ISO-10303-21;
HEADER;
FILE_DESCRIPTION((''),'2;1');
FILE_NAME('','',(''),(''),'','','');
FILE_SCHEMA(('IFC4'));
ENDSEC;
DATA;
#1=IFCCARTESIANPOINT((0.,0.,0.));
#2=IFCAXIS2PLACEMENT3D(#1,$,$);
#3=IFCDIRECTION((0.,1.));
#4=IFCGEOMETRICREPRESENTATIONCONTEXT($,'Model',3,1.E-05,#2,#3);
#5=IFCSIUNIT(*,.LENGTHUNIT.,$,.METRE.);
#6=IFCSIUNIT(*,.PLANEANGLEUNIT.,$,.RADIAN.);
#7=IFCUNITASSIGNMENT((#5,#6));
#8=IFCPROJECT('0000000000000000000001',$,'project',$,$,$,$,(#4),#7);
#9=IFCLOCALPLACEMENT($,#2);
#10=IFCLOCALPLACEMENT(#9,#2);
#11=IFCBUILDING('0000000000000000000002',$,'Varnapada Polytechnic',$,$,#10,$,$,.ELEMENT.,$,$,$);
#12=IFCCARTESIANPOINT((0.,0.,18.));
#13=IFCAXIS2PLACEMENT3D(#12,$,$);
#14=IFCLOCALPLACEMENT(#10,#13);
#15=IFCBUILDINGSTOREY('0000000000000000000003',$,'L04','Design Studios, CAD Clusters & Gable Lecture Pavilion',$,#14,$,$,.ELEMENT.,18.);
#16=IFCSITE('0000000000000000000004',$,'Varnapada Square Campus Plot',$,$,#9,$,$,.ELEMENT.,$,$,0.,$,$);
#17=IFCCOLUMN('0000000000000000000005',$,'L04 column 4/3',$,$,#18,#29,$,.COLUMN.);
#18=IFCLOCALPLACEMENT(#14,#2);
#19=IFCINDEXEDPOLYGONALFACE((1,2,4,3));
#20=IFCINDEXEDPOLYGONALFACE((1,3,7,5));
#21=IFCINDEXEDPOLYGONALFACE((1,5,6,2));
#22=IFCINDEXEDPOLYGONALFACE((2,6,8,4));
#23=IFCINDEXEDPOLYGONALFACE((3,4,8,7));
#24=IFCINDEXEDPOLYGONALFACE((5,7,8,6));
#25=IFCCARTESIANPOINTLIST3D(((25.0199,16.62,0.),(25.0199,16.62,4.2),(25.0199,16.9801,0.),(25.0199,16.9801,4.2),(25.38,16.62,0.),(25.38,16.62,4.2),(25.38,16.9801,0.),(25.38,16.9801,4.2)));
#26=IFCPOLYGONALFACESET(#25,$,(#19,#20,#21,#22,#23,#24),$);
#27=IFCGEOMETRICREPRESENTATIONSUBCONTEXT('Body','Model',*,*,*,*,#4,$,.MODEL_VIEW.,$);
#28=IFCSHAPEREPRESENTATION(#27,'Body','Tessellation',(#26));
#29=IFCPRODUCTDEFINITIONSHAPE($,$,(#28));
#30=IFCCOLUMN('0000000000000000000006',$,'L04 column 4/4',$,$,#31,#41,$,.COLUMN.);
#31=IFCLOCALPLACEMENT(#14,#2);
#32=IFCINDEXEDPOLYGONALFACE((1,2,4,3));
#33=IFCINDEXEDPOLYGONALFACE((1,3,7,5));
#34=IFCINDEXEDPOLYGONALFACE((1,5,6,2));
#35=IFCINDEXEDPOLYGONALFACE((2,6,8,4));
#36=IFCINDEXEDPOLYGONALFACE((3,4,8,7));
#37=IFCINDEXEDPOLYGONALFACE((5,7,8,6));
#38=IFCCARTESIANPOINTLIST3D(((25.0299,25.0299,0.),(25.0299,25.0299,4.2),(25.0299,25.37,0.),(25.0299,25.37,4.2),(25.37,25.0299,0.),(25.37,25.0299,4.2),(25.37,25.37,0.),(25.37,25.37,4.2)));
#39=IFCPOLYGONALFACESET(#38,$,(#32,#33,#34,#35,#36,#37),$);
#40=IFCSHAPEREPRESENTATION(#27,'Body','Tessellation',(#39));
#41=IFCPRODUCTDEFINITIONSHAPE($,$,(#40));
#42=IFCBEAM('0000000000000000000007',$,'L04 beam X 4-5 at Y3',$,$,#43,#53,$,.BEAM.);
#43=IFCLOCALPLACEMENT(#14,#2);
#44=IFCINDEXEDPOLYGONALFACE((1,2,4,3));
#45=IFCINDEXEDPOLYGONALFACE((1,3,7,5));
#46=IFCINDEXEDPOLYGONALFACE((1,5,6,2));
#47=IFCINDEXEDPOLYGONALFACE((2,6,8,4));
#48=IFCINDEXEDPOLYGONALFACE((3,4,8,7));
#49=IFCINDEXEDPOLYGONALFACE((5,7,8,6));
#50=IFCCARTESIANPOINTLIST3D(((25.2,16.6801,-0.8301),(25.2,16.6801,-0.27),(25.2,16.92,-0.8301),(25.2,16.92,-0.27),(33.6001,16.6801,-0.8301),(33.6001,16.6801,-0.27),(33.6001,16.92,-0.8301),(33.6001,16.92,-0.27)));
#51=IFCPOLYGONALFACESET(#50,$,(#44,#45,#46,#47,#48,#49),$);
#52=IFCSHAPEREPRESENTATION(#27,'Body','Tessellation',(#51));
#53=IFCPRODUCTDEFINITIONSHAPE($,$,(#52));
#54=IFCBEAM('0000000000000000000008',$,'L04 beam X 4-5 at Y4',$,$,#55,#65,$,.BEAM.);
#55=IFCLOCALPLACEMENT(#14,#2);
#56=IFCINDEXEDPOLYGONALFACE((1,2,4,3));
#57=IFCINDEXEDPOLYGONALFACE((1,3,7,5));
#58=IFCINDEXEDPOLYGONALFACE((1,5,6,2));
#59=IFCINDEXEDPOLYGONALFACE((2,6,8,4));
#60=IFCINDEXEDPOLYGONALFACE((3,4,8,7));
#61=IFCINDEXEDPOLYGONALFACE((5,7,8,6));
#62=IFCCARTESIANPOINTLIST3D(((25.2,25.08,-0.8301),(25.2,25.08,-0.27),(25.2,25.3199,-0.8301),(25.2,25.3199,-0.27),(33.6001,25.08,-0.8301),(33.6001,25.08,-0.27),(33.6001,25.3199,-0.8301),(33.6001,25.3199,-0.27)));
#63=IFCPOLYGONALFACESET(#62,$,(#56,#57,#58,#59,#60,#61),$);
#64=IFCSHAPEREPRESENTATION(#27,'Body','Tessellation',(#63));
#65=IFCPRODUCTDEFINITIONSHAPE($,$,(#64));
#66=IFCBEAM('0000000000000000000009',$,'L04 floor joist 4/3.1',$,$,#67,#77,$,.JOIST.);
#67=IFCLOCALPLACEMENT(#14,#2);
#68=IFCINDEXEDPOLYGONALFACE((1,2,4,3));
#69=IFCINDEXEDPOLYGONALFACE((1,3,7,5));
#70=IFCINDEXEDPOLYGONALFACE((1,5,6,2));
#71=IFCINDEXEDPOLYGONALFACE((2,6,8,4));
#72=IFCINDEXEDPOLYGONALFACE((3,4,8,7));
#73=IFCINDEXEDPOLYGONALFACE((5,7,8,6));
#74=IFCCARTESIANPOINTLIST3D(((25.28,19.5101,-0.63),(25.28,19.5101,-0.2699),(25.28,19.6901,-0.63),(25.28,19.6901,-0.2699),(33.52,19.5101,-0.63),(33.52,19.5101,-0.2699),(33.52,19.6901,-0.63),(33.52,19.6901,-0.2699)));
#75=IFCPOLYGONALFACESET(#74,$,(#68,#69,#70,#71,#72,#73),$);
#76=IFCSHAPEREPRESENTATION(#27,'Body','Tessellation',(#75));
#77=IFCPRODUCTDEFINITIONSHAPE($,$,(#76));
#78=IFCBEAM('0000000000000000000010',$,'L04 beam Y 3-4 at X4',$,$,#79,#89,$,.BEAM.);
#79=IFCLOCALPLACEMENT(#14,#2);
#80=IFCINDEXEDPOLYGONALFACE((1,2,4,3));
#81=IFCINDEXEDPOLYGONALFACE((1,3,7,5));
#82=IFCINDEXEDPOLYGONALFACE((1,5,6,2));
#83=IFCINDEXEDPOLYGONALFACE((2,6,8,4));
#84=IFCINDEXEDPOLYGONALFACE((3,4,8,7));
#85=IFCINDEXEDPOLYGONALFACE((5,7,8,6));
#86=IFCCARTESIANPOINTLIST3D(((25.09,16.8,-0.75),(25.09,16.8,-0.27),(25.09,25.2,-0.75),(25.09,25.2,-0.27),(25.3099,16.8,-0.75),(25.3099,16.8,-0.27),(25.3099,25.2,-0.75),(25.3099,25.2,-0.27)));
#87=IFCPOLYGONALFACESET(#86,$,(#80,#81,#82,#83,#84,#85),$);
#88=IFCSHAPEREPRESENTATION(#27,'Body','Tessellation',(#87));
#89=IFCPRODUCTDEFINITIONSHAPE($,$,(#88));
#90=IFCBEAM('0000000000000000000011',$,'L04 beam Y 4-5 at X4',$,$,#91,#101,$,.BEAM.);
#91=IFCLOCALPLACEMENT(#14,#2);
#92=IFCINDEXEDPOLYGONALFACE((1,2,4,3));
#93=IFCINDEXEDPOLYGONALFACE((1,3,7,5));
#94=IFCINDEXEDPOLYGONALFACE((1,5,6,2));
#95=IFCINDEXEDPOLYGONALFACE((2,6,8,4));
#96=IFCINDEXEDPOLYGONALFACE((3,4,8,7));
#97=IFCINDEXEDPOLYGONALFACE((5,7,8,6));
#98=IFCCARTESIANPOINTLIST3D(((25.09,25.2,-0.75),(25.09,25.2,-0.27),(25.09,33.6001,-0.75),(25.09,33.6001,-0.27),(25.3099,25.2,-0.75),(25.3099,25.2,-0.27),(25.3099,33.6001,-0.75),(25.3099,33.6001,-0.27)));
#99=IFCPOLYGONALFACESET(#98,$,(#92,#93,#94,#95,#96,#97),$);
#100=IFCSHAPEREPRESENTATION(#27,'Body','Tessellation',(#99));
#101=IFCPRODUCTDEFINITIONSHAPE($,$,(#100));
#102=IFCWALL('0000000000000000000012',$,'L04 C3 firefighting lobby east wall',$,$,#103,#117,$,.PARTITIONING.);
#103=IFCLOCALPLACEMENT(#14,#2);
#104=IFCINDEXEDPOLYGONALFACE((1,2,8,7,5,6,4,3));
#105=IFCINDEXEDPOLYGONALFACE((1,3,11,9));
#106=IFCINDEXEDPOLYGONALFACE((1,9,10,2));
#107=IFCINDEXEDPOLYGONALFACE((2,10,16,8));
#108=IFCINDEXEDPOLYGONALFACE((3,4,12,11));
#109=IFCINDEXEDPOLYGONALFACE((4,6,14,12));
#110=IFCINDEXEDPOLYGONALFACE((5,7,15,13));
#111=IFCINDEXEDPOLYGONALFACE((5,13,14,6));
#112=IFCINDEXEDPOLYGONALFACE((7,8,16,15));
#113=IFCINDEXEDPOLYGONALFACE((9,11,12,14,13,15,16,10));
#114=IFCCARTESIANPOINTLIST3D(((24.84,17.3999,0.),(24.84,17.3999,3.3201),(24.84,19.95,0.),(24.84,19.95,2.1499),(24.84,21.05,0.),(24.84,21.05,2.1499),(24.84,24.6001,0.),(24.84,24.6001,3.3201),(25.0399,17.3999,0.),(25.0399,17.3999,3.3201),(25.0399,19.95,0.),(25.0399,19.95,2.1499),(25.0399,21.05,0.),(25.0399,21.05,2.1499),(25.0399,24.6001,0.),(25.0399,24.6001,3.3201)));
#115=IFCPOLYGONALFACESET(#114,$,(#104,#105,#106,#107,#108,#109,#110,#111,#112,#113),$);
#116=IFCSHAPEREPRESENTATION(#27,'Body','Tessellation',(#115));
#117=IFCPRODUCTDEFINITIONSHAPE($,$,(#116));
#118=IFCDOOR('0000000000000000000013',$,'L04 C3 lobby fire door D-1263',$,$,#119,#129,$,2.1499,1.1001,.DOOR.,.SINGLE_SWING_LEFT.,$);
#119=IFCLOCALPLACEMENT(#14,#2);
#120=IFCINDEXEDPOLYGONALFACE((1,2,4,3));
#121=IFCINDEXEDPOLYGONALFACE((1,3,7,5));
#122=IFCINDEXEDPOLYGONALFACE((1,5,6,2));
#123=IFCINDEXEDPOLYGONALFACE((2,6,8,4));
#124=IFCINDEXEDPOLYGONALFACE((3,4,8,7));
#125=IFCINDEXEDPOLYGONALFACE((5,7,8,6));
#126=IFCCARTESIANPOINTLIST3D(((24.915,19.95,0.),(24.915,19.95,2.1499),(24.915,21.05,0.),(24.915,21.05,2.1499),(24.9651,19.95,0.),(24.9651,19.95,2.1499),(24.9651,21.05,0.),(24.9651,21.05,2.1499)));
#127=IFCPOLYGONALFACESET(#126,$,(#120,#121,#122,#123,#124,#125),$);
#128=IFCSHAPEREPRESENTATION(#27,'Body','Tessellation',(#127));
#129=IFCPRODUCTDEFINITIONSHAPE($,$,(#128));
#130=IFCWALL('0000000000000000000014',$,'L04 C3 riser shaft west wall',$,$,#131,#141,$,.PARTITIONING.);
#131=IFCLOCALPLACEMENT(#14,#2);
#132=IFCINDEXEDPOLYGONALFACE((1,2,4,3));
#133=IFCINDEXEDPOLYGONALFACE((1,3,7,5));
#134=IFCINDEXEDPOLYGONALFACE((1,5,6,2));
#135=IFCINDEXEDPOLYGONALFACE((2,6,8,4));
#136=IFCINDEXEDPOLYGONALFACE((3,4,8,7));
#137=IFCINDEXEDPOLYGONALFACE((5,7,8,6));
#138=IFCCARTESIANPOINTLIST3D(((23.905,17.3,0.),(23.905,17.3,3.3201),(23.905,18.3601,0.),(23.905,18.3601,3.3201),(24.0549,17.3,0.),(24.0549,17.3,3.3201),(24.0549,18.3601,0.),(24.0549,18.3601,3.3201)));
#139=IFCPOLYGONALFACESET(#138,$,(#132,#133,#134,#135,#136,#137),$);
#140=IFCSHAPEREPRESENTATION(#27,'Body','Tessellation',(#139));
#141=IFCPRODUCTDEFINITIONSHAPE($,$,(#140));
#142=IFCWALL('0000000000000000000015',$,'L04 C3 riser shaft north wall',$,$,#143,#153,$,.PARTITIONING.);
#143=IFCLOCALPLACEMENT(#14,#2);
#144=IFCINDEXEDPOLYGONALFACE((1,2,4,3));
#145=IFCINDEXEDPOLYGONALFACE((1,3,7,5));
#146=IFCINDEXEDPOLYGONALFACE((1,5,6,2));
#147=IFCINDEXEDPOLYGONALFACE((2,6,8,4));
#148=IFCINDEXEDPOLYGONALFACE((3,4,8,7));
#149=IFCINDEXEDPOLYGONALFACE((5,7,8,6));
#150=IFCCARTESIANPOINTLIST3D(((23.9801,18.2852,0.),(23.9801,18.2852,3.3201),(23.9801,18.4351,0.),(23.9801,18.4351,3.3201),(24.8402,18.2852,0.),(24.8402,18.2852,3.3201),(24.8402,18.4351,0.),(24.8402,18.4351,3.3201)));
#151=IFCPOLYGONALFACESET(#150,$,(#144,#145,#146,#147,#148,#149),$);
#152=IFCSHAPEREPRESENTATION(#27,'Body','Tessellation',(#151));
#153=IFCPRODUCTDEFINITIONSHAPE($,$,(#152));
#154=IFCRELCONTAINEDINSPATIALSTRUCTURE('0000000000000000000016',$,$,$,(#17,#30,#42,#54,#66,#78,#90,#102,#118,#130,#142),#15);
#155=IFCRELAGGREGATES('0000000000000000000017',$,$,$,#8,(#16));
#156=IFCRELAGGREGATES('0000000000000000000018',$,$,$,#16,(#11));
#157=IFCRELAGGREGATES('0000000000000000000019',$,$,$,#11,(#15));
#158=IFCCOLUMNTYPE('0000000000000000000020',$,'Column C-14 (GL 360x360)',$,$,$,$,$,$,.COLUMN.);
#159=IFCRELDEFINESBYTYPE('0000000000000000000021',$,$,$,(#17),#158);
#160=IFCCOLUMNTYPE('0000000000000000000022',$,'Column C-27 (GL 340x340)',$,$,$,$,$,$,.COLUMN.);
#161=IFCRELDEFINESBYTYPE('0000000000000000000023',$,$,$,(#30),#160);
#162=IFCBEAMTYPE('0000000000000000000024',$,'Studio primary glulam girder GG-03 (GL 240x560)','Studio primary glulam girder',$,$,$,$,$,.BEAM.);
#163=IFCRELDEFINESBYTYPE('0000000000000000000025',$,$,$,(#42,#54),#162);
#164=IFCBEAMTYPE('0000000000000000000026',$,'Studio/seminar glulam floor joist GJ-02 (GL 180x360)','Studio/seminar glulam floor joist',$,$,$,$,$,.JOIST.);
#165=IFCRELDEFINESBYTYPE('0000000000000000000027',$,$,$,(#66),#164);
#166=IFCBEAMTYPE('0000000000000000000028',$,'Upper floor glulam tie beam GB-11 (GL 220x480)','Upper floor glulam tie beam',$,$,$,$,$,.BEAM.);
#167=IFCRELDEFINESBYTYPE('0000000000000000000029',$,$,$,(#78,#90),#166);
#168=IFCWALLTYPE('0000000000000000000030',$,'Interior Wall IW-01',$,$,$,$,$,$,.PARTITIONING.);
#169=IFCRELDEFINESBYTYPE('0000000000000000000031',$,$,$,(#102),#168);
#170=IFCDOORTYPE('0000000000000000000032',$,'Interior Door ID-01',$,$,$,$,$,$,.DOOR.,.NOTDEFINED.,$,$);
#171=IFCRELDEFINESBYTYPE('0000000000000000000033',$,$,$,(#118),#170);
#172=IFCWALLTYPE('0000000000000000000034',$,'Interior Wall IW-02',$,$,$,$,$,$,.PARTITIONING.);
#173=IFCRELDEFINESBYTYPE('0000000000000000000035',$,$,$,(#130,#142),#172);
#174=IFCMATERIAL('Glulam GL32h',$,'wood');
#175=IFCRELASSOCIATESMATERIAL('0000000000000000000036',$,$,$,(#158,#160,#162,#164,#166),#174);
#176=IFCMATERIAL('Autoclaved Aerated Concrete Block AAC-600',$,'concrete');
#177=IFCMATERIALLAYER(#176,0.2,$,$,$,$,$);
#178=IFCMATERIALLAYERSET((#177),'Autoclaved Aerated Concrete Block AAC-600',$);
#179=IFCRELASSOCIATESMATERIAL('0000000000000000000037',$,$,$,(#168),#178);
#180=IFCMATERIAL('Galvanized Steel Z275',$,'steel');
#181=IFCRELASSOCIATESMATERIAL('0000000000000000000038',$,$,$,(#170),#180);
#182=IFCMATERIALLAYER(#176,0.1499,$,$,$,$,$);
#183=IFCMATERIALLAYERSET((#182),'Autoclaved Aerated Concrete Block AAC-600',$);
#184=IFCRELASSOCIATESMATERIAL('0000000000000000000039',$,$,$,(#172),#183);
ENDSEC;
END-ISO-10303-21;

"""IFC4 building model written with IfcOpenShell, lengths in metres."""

from ifc_helpers import new_model, si_unit, direction, frame, frame_2d, origin, origin_2d, place, context, subcontext, project, spatial, rectangle, extrude, material, layer, layer_set, material_profile, profile_set, type_object, element, fill, save


model = new_model("IFC4")

# Units and contexts
model_context = context("Model", 3, precision=1e-05, world=origin(), true_north=direction((0.0, 1.0)))
body_context = subcontext(model_context, "Body", "Model", "MODEL_VIEW")
ifc_project = project(units=[si_unit("LENGTHUNIT", "METRE"), si_unit("PLANEANGLEUNIT", "RADIAN")], contexts=[model_context])

# Site, building, storey
site_placement = place(None, origin())
site = spatial("IfcSite", under=ifc_project, at=site_placement, Name="Varnapada Square Campus Plot", CompositionType="ELEMENT", RefElevation=0.0)
building_placement = place(site_placement, origin())
building = spatial("IfcBuilding", under=site, at=building_placement, Name="Varnapada Polytechnic", CompositionType="ELEMENT")
storey_placement = place(building_placement, frame((0.0, 0.0, 18.0)))
storey = spatial("IfcBuildingStorey", under=building, at=storey_placement, Name="L04", Description="Design Studios, CAD Clusters & Gable Lecture Pavilion", CompositionType="ELEMENT", Elevation=18.0)

# Columns
ifc_material_1 = material(Name="Glulam GL32h", Category="wood")
ifc_material_profile_1 = material_profile(ifc_material_1, rectangle(XDim=0.3601, YDim=0.3601, at=origin_2d()), Name="GL 360x360")
ifc_profile_set_1 = profile_set([ifc_material_profile_1], Name="Glulam GL32h")
column_type_1 = type_object("IfcColumnType", Name="Column C-14 (GL 360x360)", PredefinedType="COLUMN", material=ifc_profile_set_1)
column_1_placement = place(storey_placement, frame((25.2, 16.8, 0.0), z_axis=(0.0, 0.0, 1.0), x_axis=(1.0, 0.0, 0.0)))
element("IfcColumn", 1, at=column_1_placement, inside=storey, type_object=column_type_1, Name="L04 column 4/3", PredefinedType="COLUMN", context=body_context, shape_type="SweptSolid", body=[
    extrude(rectangle(XDim=0.3601, YDim=0.3601, at=origin_2d()), origin(), (0.0, 0.0, 1.0), 4.2),
])
ifc_material_profile_2 = material_profile(ifc_material_1, rectangle(XDim=0.3401, YDim=0.3401, at=origin_2d()), Name="GL 340x340")
ifc_profile_set_2 = profile_set([ifc_material_profile_2], Name="Glulam GL32h")
column_type_2 = type_object("IfcColumnType", Name="Column C-27 (GL 340x340)", PredefinedType="COLUMN", material=ifc_profile_set_2)
column_2_placement = place(storey_placement, frame((25.2, 25.2, 0.0), z_axis=(0.0, 0.0, 1.0), x_axis=(1.0, 0.0, 0.0)))
element("IfcColumn", 2, at=column_2_placement, inside=storey, type_object=column_type_2, Name="L04 column 4/4", PredefinedType="COLUMN", context=body_context, shape_type="SweptSolid", body=[
    extrude(rectangle(XDim=0.3401, YDim=0.3401, at=origin_2d()), origin(), (0.0, 0.0, 1.0), 4.2),
])

# Beams
ifc_material_profile_3 = material_profile(ifc_material_1, rectangle(XDim=0.24, YDim=0.5601, at=origin_2d()), Name="GL 240x560")
ifc_profile_set_3 = profile_set([ifc_material_profile_3], Name="Glulam GL32h")
beam_type_1 = type_object("IfcBeamType", Name="Studio primary glulam girder GG-03 (GL 240x560)", Description="Studio primary glulam girder", PredefinedType="BEAM", material=ifc_profile_set_3)
for number, where, z_axis, x_axis, name in (
    (3, (25.2, 16.8, -0.55), (1.0, 0.0, 0.0), (0.0, 1.0, 0.0), "L04 beam X 4-5 at Y3"),
    (4, (25.2, 25.2, -0.55), (1.0, 0.0, 0.0), (0.0, 1.0, 0.0), "L04 beam X 4-5 at Y4"),
):
    element("IfcBeam", number, at=place(storey_placement, frame(where, z_axis=z_axis, x_axis=x_axis)), inside=storey, type_object=beam_type_1, Name=name, PredefinedType="BEAM", context=body_context, shape_type="SweptSolid", body=[
        extrude(rectangle(XDim=0.24, YDim=0.5601, at=origin_2d()), origin(), (0.0, 0.0, 1.0), 8.4001),
    ])
ifc_material_profile_4 = material_profile(ifc_material_1, rectangle(XDim=0.1799, YDim=0.3601, at=origin_2d()), Name="GL 180x360")
ifc_profile_set_4 = profile_set([ifc_material_profile_4], Name="Glulam GL32h")
beam_type_2 = type_object("IfcBeamType", Name="Studio/seminar glulam floor joist GJ-02 (GL 180x360)", Description="Studio/seminar glulam floor joist", PredefinedType="JOIST", material=ifc_profile_set_4)
beam_1_placement = place(storey_placement, frame((25.28, 19.6001, -0.45), z_axis=(1.0, 0.0, 0.0), x_axis=(0.0, 1.0, 0.0)))
element("IfcBeam", 5, at=beam_1_placement, inside=storey, type_object=beam_type_2, Name="L04 floor joist 4/3.1", PredefinedType="JOIST", context=body_context, shape_type="SweptSolid", body=[
    extrude(rectangle(XDim=0.1799, YDim=0.3601, at=origin_2d()), origin(), (0.0, 0.0, 1.0), 8.24),
])
ifc_material_profile_5 = material_profile(ifc_material_1, rectangle(XDim=0.22, YDim=0.48, at=origin_2d()), Name="GL 220x480")
ifc_profile_set_5 = profile_set([ifc_material_profile_5], Name="Glulam GL32h")
beam_type_3 = type_object("IfcBeamType", Name="Upper floor glulam tie beam GB-11 (GL 220x480)", Description="Upper floor glulam tie beam", PredefinedType="BEAM", material=ifc_profile_set_5)
beam_2_placement = place(storey_placement, frame((25.2, 16.8, -0.51), z_axis=(0.0, 1.0, 0.0), x_axis=(-1.0, 0.0, 0.0)))
element("IfcBeam", 6, at=beam_2_placement, inside=storey, type_object=beam_type_3, Name="L04 beam Y 3-4 at X4", PredefinedType="BEAM", context=body_context, shape_type="SweptSolid", body=[
    extrude(rectangle(XDim=0.22, YDim=0.48, at=origin_2d()), origin(), (0.0, 0.0, 1.0), 8.3999),
])
beam_3_placement = place(storey_placement, frame((25.2, 25.2, -0.51), z_axis=(0.0, 1.0, 0.0), x_axis=(-1.0, 0.0, 0.0)))
element("IfcBeam", 7, at=beam_3_placement, inside=storey, type_object=beam_type_3, Name="L04 beam Y 4-5 at X4", PredefinedType="BEAM", context=body_context, shape_type="SweptSolid", body=[
    extrude(rectangle(XDim=0.22, YDim=0.48, at=origin_2d()), origin(), (0.0, 0.0, 1.0), 8.4001),
])

# Wall, opening, door
ifc_material_2 = material(Name="Autoclaved Aerated Concrete Block AAC-600", Category="concrete")
ifc_layer_1 = layer(ifc_material_2, 0.2)
ifc_layer_set_1 = layer_set([ifc_layer_1], Name="Autoclaved Aerated Concrete Block AAC-600")
wall_type_1 = type_object("IfcWallType", Name="Interior Wall IW-01", PredefinedType="PARTITIONING", material=ifc_layer_set_1)
wall_1_placement = place(storey_placement, frame((24.9399, 24.6001, 0.0), z_axis=(0.0, 0.0, 1.0), x_axis=(0.0, -1.0, 0.0)))
wall_1 = element("IfcWall", 8, at=wall_1_placement, inside=storey, type_object=wall_type_1, Name="L04 C3 firefighting lobby east wall", PredefinedType="PARTITIONING", context=body_context, shape_type="SweptSolid", body=[
    extrude(rectangle(XDim=7.2002, YDim=0.2, at=frame_2d((3.6001, 0.0))), origin(), (0.0, 0.0, 1.0), 3.3201),
])
opening_1_placement = place(wall_1_placement, frame((3.55, 0.0, 0.0)))
opening_1 = element("IfcOpeningElement", 9, at=opening_1_placement, cuts=wall_1, PredefinedType="OPENING", context=body_context, shape_type="SweptSolid", body=[
    extrude(rectangle(XDim=1.1001, YDim=2.1499, at=frame_2d((0.55, 1.075))), frame((0.0, 0.1099, 0.0), z_axis=(0.0, -1.0, 0.0), x_axis=(1.0, 0.0, 0.0)), (0.0, 0.0, 1.0), 0.22),
])
ifc_material_3 = material(Name="Galvanized Steel Z275", Category="steel")
door_type_1 = type_object("IfcDoorType", Name="Interior Door ID-01", OperationType="NOTDEFINED", PredefinedType="DOOR", material=ifc_material_3)
door_1_placement = place(opening_1_placement, frame((1.1001, 0.0, 0.0), z_axis=(0.0, 0.0, 1.0), x_axis=(-1.0, 0.0, 0.0)))
door_1 = element("IfcDoor", 10, at=door_1_placement, inside=storey, type_object=door_type_1, Name="L04 C3 lobby fire door D-1263", OperationType="SINGLE_SWING_LEFT", OverallHeight=2.1499, OverallWidth=1.1001, PredefinedType="DOOR", context=body_context, shape_type="SweptSolid", body=[
    extrude(rectangle(XDim=1.1001, YDim=2.1499, at=frame_2d((0.55, 1.075))), frame((0.0, 0.0249, 0.0), z_axis=(0.0, -1.0, 0.0), x_axis=(1.0, 0.0, 0.0)), (0.0, 0.0, 1.0), 0.05),
])
fill(opening_1, door_1)

# Walls
ifc_layer_2 = layer(ifc_material_2, 0.1499)
ifc_layer_set_2 = layer_set([ifc_layer_2], Name="Autoclaved Aerated Concrete Block AAC-600")
wall_type_2 = type_object("IfcWallType", Name="Interior Wall IW-02", PredefinedType="PARTITIONING", material=ifc_layer_set_2)
wall_2_placement = place(storey_placement, frame((23.98, 18.3601, 0.0), z_axis=(0.0, 0.0, 1.0), x_axis=(0.0, -1.0, 0.0)))
element("IfcWall", 11, at=wall_2_placement, inside=storey, type_object=wall_type_2, Name="L04 C3 riser shaft west wall", PredefinedType="PARTITIONING", context=body_context, shape_type="SweptSolid", body=[
    extrude(rectangle(XDim=1.0601, YDim=0.1499, at=frame_2d((0.53, 0.0))), origin(), (0.0, 0.0, 1.0), 3.3201),
])
wall_3_placement = place(storey_placement, frame((23.98, 18.3601, 0.0), z_axis=(0.0, 0.0, 1.0), x_axis=(1.0, 0.0, 0.0)))
element("IfcWall", 12, at=wall_3_placement, inside=storey, type_object=wall_type_2, Name="L04 C3 riser shaft north wall", PredefinedType="PARTITIONING", context=body_context, shape_type="SweptSolid", body=[
    extrude(rectangle(XDim=0.8601, YDim=0.1499, at=frame_2d((0.4302, 0.0))), origin(), (0.0, 0.0, 1.0), 3.3201),
])

save(model, "model.ifc")
